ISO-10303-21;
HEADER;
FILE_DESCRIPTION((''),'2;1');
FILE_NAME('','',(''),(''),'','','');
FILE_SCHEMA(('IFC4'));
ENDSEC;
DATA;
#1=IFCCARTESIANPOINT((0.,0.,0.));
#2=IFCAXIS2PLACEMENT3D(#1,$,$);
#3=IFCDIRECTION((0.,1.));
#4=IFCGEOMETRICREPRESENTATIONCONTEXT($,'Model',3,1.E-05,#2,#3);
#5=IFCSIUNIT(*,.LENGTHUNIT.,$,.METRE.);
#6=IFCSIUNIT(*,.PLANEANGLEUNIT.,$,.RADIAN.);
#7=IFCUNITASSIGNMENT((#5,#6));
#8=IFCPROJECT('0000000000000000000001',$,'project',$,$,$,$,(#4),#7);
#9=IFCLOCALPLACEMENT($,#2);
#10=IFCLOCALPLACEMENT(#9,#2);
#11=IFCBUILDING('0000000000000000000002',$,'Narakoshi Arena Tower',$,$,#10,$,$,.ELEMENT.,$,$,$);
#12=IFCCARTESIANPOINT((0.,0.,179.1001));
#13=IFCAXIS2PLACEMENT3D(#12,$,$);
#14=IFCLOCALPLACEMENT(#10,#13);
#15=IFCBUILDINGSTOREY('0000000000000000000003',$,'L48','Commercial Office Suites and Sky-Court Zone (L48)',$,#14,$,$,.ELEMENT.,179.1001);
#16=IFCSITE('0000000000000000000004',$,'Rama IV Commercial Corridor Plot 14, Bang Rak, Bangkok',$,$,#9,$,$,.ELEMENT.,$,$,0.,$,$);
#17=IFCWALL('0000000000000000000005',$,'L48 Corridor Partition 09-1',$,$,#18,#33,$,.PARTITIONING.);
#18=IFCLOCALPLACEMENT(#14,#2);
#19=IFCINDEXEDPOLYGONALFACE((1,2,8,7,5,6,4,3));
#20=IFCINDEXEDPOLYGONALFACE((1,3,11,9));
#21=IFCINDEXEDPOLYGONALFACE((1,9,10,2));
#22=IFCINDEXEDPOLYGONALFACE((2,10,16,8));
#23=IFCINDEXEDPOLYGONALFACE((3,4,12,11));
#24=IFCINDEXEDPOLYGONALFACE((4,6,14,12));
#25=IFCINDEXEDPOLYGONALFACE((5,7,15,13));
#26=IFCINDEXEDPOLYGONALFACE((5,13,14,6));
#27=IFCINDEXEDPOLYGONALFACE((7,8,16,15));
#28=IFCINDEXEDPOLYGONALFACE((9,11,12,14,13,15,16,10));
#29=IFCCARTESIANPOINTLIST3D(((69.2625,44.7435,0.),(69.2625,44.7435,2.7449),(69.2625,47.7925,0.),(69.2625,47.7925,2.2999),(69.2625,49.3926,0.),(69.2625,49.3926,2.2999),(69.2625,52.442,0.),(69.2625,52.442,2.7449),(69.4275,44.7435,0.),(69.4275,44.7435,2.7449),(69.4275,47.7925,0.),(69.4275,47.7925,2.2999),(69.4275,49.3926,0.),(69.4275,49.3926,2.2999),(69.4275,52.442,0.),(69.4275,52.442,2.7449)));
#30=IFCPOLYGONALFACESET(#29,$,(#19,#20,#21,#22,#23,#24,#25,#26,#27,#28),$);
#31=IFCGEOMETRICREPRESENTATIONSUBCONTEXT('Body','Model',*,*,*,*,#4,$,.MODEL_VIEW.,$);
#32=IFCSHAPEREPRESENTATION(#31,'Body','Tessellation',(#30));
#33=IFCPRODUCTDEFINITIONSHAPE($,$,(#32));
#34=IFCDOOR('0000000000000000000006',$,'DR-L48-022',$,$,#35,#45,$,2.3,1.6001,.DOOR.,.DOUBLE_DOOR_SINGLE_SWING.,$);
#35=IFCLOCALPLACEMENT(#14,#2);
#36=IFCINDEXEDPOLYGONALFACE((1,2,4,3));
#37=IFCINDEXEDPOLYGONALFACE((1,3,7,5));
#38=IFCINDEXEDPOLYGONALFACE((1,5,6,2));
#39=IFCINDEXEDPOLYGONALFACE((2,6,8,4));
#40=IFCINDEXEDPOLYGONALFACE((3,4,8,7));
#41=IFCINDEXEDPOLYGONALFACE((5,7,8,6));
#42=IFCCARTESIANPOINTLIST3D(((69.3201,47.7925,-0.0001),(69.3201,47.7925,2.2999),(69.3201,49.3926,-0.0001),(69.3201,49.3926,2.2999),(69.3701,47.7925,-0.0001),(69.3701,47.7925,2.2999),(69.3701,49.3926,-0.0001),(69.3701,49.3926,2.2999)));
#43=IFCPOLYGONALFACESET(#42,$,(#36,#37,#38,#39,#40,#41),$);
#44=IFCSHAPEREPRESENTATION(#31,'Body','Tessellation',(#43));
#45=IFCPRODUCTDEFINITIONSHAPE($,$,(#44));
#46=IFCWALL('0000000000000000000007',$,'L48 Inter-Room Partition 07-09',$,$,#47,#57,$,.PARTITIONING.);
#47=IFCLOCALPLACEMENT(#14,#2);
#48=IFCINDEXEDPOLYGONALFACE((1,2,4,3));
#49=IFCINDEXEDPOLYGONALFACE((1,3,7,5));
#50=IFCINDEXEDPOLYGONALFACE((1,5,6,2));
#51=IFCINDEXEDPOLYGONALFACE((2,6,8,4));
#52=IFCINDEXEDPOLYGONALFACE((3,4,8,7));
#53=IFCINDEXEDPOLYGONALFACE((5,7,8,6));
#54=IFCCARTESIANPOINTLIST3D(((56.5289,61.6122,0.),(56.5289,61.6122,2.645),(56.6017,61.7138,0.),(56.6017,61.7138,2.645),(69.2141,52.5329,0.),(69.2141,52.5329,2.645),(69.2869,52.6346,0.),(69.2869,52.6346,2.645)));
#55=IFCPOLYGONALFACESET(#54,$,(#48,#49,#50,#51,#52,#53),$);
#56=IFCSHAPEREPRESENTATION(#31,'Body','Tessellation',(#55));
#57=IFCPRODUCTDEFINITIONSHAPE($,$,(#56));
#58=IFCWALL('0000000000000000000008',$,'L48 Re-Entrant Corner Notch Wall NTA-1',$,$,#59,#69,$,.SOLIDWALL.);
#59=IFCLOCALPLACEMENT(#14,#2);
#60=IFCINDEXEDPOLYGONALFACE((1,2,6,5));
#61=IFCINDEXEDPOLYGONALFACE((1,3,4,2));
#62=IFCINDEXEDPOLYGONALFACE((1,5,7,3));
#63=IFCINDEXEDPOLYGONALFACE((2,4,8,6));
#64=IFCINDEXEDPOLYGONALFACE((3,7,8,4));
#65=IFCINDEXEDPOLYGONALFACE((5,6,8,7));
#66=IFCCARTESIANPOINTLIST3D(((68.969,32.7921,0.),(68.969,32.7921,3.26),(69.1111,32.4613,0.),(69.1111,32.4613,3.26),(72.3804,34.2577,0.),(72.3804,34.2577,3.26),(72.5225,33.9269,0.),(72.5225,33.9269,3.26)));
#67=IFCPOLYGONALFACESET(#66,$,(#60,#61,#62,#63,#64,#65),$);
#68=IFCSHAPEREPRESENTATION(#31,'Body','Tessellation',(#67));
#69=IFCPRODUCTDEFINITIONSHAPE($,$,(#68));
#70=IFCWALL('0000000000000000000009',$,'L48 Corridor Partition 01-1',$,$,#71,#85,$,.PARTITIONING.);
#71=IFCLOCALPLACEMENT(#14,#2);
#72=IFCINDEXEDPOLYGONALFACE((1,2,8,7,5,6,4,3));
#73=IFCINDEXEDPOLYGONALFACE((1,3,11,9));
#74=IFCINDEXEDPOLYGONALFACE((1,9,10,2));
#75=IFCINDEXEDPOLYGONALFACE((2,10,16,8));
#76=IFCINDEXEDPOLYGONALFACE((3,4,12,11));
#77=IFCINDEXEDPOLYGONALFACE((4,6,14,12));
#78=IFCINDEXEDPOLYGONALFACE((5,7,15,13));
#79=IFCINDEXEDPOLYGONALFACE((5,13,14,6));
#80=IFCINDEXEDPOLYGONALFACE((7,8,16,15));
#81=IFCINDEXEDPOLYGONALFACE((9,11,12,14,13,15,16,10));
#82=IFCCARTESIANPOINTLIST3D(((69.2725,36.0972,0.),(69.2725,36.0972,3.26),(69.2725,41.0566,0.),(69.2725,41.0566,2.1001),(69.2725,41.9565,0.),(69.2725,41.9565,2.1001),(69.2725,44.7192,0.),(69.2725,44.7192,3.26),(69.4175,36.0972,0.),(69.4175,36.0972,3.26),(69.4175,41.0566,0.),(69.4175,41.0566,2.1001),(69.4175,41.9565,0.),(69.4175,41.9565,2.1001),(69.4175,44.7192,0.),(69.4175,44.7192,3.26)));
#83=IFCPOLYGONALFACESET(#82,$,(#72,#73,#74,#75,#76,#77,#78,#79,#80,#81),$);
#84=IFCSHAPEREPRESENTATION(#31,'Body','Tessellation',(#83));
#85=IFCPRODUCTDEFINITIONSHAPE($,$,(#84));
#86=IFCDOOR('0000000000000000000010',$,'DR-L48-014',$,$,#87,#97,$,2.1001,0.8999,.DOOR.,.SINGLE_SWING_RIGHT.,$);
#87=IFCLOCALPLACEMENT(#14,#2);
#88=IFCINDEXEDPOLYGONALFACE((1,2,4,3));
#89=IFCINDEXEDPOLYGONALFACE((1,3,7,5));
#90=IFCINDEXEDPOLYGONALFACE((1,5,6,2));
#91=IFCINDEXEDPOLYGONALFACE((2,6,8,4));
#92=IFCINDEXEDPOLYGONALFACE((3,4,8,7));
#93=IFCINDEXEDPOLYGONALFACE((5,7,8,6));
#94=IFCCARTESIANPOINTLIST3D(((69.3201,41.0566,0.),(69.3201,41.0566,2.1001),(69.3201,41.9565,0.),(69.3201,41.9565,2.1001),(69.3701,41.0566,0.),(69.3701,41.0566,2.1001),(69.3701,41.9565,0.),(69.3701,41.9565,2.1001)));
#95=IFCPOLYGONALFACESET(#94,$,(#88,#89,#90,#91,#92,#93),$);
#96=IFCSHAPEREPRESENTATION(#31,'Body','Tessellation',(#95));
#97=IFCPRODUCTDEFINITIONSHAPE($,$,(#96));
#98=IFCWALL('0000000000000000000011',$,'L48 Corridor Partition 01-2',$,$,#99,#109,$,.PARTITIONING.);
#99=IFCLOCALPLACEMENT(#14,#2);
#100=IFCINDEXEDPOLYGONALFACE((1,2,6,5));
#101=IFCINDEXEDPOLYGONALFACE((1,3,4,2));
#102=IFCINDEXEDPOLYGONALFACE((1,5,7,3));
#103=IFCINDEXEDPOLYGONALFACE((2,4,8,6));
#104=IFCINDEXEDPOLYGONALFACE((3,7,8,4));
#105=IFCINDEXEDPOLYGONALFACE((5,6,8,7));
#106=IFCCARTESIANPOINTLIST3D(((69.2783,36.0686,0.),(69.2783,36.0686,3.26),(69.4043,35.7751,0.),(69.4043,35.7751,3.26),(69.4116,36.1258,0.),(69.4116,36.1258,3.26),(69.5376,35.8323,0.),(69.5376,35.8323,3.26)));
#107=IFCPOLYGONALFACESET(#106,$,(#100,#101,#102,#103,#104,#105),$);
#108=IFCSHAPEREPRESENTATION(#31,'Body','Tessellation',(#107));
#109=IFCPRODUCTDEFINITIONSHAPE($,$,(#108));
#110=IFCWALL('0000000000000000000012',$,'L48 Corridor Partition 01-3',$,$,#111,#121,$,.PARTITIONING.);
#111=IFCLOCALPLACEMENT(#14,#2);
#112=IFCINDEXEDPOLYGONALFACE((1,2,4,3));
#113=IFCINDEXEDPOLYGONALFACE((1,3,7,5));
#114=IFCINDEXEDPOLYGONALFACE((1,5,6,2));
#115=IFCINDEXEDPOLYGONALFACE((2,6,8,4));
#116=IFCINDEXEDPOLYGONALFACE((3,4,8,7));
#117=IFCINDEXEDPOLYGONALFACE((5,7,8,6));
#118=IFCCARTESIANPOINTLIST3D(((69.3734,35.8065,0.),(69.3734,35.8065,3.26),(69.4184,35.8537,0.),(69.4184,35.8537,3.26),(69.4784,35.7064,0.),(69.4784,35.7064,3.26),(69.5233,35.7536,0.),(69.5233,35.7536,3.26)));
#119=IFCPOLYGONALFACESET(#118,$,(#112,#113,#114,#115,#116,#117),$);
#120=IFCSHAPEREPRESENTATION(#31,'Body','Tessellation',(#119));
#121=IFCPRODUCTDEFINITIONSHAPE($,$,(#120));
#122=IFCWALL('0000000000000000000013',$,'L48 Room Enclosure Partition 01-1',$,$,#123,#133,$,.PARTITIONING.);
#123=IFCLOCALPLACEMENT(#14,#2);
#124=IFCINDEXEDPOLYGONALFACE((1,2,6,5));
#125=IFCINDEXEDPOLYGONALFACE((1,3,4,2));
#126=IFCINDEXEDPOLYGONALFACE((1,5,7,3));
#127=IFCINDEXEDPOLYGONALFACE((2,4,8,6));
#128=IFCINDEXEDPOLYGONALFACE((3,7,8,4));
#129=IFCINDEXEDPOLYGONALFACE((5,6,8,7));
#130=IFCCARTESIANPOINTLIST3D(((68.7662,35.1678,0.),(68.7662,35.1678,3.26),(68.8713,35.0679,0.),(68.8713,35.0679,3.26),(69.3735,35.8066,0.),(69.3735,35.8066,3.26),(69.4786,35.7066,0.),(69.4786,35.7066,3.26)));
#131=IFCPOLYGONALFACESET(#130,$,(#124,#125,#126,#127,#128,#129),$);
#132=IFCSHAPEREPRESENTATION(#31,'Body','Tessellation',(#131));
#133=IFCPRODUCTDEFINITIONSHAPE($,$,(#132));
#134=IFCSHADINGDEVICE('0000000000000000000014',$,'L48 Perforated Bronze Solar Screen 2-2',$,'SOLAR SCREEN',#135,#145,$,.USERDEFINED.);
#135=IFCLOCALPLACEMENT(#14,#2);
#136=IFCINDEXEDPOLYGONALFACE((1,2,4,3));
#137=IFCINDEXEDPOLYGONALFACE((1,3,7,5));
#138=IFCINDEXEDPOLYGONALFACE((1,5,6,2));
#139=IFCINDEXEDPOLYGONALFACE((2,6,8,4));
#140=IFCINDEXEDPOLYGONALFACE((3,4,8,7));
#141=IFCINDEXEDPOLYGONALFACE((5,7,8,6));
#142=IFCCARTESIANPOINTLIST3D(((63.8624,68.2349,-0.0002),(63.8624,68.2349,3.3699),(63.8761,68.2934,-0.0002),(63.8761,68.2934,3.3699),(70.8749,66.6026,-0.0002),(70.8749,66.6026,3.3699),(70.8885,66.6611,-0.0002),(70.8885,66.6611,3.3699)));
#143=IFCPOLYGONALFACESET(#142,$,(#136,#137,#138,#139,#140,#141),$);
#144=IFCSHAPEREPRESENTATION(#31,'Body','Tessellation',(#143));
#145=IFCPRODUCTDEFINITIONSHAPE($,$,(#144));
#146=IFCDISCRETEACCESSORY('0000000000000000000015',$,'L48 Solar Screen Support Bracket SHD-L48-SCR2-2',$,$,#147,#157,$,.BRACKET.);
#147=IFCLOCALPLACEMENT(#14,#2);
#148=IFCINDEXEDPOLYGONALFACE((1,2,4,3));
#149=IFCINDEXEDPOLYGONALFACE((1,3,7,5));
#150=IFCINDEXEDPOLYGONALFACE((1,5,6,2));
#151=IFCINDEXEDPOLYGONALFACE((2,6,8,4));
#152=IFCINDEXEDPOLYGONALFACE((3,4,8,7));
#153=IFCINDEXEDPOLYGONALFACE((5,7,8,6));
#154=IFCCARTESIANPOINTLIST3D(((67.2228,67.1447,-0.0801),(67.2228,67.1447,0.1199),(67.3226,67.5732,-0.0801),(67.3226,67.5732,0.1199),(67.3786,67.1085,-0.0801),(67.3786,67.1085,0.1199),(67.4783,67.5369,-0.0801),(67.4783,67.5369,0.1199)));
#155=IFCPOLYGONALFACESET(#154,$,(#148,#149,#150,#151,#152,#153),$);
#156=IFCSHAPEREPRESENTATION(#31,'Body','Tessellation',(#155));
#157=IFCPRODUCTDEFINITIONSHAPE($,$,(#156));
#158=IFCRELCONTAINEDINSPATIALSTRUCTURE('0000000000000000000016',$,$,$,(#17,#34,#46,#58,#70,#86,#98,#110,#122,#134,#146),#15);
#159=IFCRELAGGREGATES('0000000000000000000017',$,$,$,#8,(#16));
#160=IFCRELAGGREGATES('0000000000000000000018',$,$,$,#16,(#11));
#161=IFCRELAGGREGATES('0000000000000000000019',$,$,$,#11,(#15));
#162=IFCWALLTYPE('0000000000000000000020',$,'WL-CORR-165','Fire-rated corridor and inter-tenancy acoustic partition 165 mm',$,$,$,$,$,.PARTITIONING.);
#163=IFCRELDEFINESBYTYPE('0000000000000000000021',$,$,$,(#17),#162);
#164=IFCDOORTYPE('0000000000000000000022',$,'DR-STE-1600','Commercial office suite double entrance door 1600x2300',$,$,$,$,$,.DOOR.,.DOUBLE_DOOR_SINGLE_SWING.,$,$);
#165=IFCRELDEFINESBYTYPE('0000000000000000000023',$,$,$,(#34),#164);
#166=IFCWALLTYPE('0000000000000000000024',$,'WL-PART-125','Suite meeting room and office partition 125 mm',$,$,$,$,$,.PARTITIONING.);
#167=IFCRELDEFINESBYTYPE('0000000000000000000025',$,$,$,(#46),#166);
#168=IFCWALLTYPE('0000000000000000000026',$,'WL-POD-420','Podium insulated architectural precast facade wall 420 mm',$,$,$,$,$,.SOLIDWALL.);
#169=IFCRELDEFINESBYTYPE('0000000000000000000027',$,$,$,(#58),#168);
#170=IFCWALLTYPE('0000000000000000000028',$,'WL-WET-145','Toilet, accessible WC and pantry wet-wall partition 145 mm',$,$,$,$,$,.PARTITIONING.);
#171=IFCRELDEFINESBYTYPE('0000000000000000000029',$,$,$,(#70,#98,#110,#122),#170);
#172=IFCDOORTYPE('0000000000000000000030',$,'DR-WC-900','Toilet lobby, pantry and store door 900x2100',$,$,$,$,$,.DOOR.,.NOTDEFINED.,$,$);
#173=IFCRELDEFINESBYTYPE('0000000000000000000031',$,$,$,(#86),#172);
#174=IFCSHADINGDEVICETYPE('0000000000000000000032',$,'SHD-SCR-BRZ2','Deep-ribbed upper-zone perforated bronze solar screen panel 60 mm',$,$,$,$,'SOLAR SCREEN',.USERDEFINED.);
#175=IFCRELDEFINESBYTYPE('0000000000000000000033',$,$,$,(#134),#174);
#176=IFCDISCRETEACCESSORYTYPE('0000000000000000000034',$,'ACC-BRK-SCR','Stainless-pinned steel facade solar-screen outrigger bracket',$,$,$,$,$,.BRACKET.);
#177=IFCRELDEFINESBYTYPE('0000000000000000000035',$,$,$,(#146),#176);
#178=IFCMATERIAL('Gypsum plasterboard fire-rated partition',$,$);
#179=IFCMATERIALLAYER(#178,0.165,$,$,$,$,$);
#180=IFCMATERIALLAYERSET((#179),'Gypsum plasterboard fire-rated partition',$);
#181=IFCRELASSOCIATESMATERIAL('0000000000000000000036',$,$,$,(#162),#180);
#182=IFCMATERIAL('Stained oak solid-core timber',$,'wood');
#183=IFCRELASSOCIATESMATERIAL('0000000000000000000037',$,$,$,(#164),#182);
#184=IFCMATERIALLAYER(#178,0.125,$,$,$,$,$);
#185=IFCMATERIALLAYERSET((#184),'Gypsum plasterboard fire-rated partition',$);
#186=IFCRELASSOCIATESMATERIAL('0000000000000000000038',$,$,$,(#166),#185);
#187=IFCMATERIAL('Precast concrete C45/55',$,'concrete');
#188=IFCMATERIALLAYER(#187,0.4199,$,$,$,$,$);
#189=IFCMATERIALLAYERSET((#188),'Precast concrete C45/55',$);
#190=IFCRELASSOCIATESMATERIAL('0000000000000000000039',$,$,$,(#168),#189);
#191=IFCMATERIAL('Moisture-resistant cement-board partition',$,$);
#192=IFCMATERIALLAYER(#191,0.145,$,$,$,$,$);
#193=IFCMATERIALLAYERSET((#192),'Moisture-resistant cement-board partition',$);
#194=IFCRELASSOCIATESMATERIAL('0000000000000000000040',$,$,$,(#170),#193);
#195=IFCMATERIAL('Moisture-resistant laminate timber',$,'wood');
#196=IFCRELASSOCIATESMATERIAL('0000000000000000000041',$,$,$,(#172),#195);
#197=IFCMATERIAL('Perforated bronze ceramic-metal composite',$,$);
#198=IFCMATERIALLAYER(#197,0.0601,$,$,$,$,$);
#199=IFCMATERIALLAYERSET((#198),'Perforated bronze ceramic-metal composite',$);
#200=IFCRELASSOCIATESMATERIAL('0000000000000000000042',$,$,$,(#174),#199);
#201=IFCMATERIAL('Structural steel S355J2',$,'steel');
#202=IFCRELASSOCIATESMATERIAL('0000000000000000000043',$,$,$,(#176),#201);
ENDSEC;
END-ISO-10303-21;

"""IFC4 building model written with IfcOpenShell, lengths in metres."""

from ifc_helpers import new_model, si_unit, direction, frame, frame_2d, origin, origin_2d, place, context, subcontext, project, spatial, rectangle, extrude, material, layer, layer_set, type_object, element, fill, save


model = new_model("IFC4")

# Units and contexts
model_context = context("Model", 3, precision=1e-05, world=origin(), true_north=direction((0.0, 1.0)))
body_context = subcontext(model_context, "Body", "Model", "MODEL_VIEW")
ifc_project = project(units=[si_unit("LENGTHUNIT", "METRE"), si_unit("PLANEANGLEUNIT", "RADIAN")], contexts=[model_context])

# Site, building, storey
site_placement = place(None, origin())
site = spatial("IfcSite", under=ifc_project, at=site_placement, Name="Rama IV Commercial Corridor Plot 14, Bang Rak, Bangkok", CompositionType="ELEMENT", RefElevation=0.0)
building_placement = place(site_placement, origin())
building = spatial("IfcBuilding", under=site, at=building_placement, Name="Narakoshi Arena Tower", CompositionType="ELEMENT")
storey_placement = place(building_placement, frame((0.0, 0.0, 179.1001)))
storey = spatial("IfcBuildingStorey", under=building, at=storey_placement, Name="L48", Description="Commercial Office Suites and Sky-Court Zone (L48)", CompositionType="ELEMENT", Elevation=179.1001)

# Shared definitions
ifc_material_1 = material(Name="Structural steel S355J2", Category="steel")

# Shared definitions
ifc_material_2 = material(Name="Gypsum plasterboard fire-rated partition")
ifc_layer_1 = layer(ifc_material_2, 0.165)
ifc_layer_set_1 = layer_set([ifc_layer_1], Name="Gypsum plasterboard fire-rated partition")
wall_type_1 = type_object("IfcWallType", Name="WL-CORR-165", Description="Fire-rated corridor and inter-tenancy acoustic partition 165 mm", PredefinedType="PARTITIONING", material=ifc_layer_set_1)
ifc_material_3 = material(Name="Stained oak solid-core timber", Category="wood")

# Wall, opening, door
wall_1_placement = place(storey_placement, frame((69.345, 52.4419, 0.0), z_axis=(0.0, 0.0, 1.0), x_axis=(0.0, -1.0, 0.0)))
wall_1 = element("IfcWall", 1, at=wall_1_placement, inside=storey, type_object=wall_type_1, Name="L48 Corridor Partition 09-1", PredefinedType="PARTITIONING", context=body_context, shape_type="SweptSolid", body=[
    extrude(rectangle(XDim=7.6985, YDim=0.165, at=frame_2d((3.8491, 0.0))), origin(), (0.0, 0.0, 1.0), 2.7449),
])
opening_1_placement = place(wall_1_placement, frame((3.0493, 0.0, 0.0)))
opening_1 = element("IfcOpeningElement", 2, at=opening_1_placement, cuts=wall_1, PredefinedType="OPENING", context=body_context, shape_type="SweptSolid", body=[
    extrude(rectangle(XDim=1.6001, YDim=2.3, at=frame_2d((0.8, 1.1499))), frame((0.0, 0.0925, 0.0), z_axis=(0.0, -1.0, 0.0), x_axis=(1.0, 0.0, 0.0)), (0.0, 0.0, 1.0), 0.1851),
])
door_type_1 = type_object("IfcDoorType", Name="DR-STE-1600", Description="Commercial office suite double entrance door 1600x2300", OperationType="DOUBLE_DOOR_SINGLE_SWING", PredefinedType="DOOR", material=ifc_material_3)
door_1_placement = place(opening_1_placement, frame((1.6001, 0.0, 0.0), z_axis=(0.0, 0.0, 1.0), x_axis=(-1.0, 0.0, 0.0)))
door_1 = element("IfcDoor", 3, at=door_1_placement, inside=storey, type_object=door_type_1, Name="DR-L48-022", OperationType="DOUBLE_DOOR_SINGLE_SWING", OverallHeight=2.3, OverallWidth=1.6001, PredefinedType="DOOR", context=body_context, shape_type="SweptSolid", body=[
    extrude(rectangle(XDim=1.6001, YDim=2.3, at=frame_2d((0.8, 1.1499))), frame((0.0, 0.0249, 0.0), z_axis=(0.0, -1.0, 0.0), x_axis=(1.0, 0.0, 0.0)), (0.0, 0.0, 1.0), 0.05),
])
fill(opening_1, door_1)

# Walls
ifc_layer_2 = layer(ifc_material_2, 0.125)
ifc_layer_set_2 = layer_set([ifc_layer_2], Name="Gypsum plasterboard fire-rated partition")
wall_type_2 = type_object("IfcWallType", Name="WL-PART-125", Description="Suite meeting room and office partition 125 mm", PredefinedType="PARTITIONING", material=ifc_layer_set_2)
wall_2_placement = place(storey_placement, frame((69.2505, 52.5837, 0.0), z_axis=(0.0, 0.0, 1.0), x_axis=(-0.813175, 0.58202, 0.0)))
element("IfcWall", 4, at=wall_2_placement, inside=storey, type_object=wall_type_2, Name="L48 Inter-Room Partition 07-09", PredefinedType="PARTITIONING", context=body_context, shape_type="SweptSolid", body=[
    extrude(rectangle(XDim=15.5996, YDim=0.125, at=frame_2d((7.7998, 0.0))), origin(), (0.0, 0.0, 1.0), 2.645),
])
ifc_material_4 = material(Name="Precast concrete C45/55", Category="concrete")
ifc_layer_3 = layer(ifc_material_4, 0.4199)
ifc_layer_set_3 = layer_set([ifc_layer_3], Name="Precast concrete C45/55")
wall_type_3 = type_object("IfcWallType", Name="WL-POD-420", Description="Podium insulated architectural precast facade wall 420 mm", PredefinedType="SOLIDWALL", material=ifc_layer_set_3)
wall_3_placement = place(storey_placement, frame((69.04, 32.6267, 0.0), z_axis=(0.0, 0.0, 1.0), x_axis=(0.918798, 0.394729, 0.0)))
element("IfcWall", 5, at=wall_3_placement, inside=storey, type_object=wall_type_3, Name="L48 Re-Entrant Corner Notch Wall NTA-1", PredefinedType="SOLIDWALL", context=body_context, shape_type="SweptSolid", body=[
    extrude(rectangle(XDim=3.7129, YDim=0.3601, at=frame_2d((1.8564, 0.0))), origin(), (0.0, 0.0, 1.0), 3.26),
])

# Wall, opening, door
ifc_material_5 = material(Name="Moisture-resistant cement-board partition")
ifc_layer_4 = layer(ifc_material_5, 0.145)
ifc_layer_set_4 = layer_set([ifc_layer_4], Name="Moisture-resistant cement-board partition")
wall_type_4 = type_object("IfcWallType", Name="WL-WET-145", Description="Toilet, accessible WC and pantry wet-wall partition 145 mm", PredefinedType="PARTITIONING", material=ifc_layer_set_4)
wall_4_placement = place(storey_placement, frame((69.345, 44.7192, 0.0), z_axis=(0.0, 0.0, 1.0), x_axis=(0.0, -1.0, 0.0)))
wall_4 = element("IfcWall", 6, at=wall_4_placement, inside=storey, type_object=wall_type_4, Name="L48 Corridor Partition 01-1", PredefinedType="PARTITIONING", context=body_context, shape_type="SweptSolid", body=[
    extrude(rectangle(XDim=8.6221, YDim=0.145, at=frame_2d((4.311, 0.0))), origin(), (0.0, 0.0, 1.0), 3.26),
])
opening_2_placement = place(wall_4_placement, frame((2.7627, 0.0, 0.0)))
opening_2 = element("IfcOpeningElement", 7, at=opening_2_placement, cuts=wall_4, PredefinedType="OPENING", context=body_context, shape_type="SweptSolid", body=[
    extrude(rectangle(XDim=0.8999, YDim=2.1001, at=frame_2d((0.45, 1.05))), frame((0.0, 0.0825, 0.0), z_axis=(0.0, -1.0, 0.0), x_axis=(1.0, 0.0, 0.0)), (0.0, 0.0, 1.0), 0.165),
])
ifc_material_6 = material(Name="Moisture-resistant laminate timber", Category="wood")
door_type_2 = type_object("IfcDoorType", Name="DR-WC-900", Description="Toilet lobby, pantry and store door 900x2100", OperationType="NOTDEFINED", PredefinedType="DOOR", material=ifc_material_6)
door_2_placement = place(opening_2_placement, frame((0.8999, 0.0, 0.0), z_axis=(0.0, 0.0, 1.0), x_axis=(-1.0, 0.0, 0.0)))
door_2 = element("IfcDoor", 8, at=door_2_placement, inside=storey, type_object=door_type_2, Name="DR-L48-014", OperationType="SINGLE_SWING_RIGHT", OverallHeight=2.1001, OverallWidth=0.8999, PredefinedType="DOOR", context=body_context, shape_type="SweptSolid", body=[
    extrude(rectangle(XDim=0.8999, YDim=2.1001, at=frame_2d((0.45, 1.05))), frame((0.0, 0.0249, 0.0), z_axis=(0.0, -1.0, 0.0), x_axis=(1.0, 0.0, 0.0)), (0.0, 0.0, 1.0), 0.05),
])
fill(opening_2, door_2)

# Walls
wall_5_placement = place(storey_placement, frame((69.345, 36.0972, 0.0), z_axis=(0.0, 0.0, 1.0), x_axis=(0.394473, -0.918908, 0.0)))
element("IfcWall", 9, at=wall_5_placement, inside=storey, type_object=wall_type_4, Name="L48 Corridor Partition 01-2", PredefinedType="PARTITIONING", context=body_context, shape_type="SweptSolid", body=[
    extrude(rectangle(XDim=0.3193, YDim=0.145, at=frame_2d((0.1597, 0.0))), origin(), (0.0, 0.0, 1.0), 3.26),
])
wall_6_placement = place(storey_placement, frame((69.4709, 35.8037, 0.0), z_axis=(0.0, 0.0, 1.0), x_axis=(-0.69003, -0.723781, 0.0)))
element("IfcWall", 10, at=wall_6_placement, inside=storey, type_object=wall_type_4, Name="L48 Corridor Partition 01-3", PredefinedType="PARTITIONING", context=body_context, shape_type="SweptSolid", body=[
    extrude(rectangle(XDim=0.0652, YDim=0.145, at=frame_2d((0.0327, 0.0))), origin(), (0.0, 0.0, 1.0), 3.26),
])
wall_7_placement = place(storey_placement, frame((69.426, 35.7566, 0.0), z_axis=(0.0, 0.0, 1.0), x_axis=(-0.689012, -0.72475, 0.0)))
element("IfcWall", 11, at=wall_7_placement, inside=storey, type_object=wall_type_4, Name="L48 Room Enclosure Partition 01-1", PredefinedType="PARTITIONING", context=body_context, shape_type="SweptSolid", body=[
    extrude(rectangle(XDim=0.8813, YDim=0.145, at=frame_2d((0.4407, 0.0))), origin(), (0.0, 0.0, 1.0), 3.26),
])

# Shading device
ifc_material_7 = material(Name="Perforated bronze ceramic-metal composite")
ifc_layer_5 = layer(ifc_material_7, 0.0601)
ifc_layer_set_5 = layer_set([ifc_layer_5], Name="Perforated bronze ceramic-metal composite")
shading_device_type = type_object("IfcShadingDeviceType", Name="SHD-SCR-BRZ2", Description="Deep-ribbed upper-zone perforated bronze solar screen panel 60 mm", ElementType="SOLAR SCREEN", PredefinedType="USERDEFINED", material=ifc_layer_set_5)
shading_device_placement = place(storey_placement, frame((67.3755, 67.448, -0.0002), z_axis=(0.0, 0.0, 1.0), x_axis=(-0.97396, 0.226719, 0.0)))
element("IfcShadingDevice", 12, at=shading_device_placement, inside=storey, type_object=shading_device_type, Name="L48 Perforated Bronze Solar Screen 2-2", ObjectType="SOLAR SCREEN", PredefinedType="USERDEFINED", context=body_context, shape_type="SweptSolid", body=[
    extrude(rectangle(XDim=7.2, YDim=0.0601, at=origin_2d()), origin(), (0.0, 0.0, 1.0), 3.3701),
])

# Discrete accessory
discrete_accessory_type = type_object("IfcDiscreteAccessoryType", Name="ACC-BRK-SCR", Description="Stainless-pinned steel facade solar-screen outrigger bracket", PredefinedType="BRACKET", material=ifc_material_1)
discrete_accessory_placement = place(storey_placement, frame((67.3506, 67.3408, -0.0801), z_axis=(0.0, 0.0, 1.0), x_axis=(-0.97396, 0.226719, 0.0)))
element("IfcDiscreteAccessory", 13, at=discrete_accessory_placement, inside=storey, type_object=discrete_accessory_type, Name="L48 Solar Screen Support Bracket SHD-L48-SCR2-2", PredefinedType="BRACKET", context=body_context, shape_type="SweptSolid", body=[
    extrude(rectangle(XDim=0.1599, YDim=0.4399, at=origin_2d()), origin(), (0.0, 0.0, 1.0), 0.2),
])

save(model, "model.ifc")
